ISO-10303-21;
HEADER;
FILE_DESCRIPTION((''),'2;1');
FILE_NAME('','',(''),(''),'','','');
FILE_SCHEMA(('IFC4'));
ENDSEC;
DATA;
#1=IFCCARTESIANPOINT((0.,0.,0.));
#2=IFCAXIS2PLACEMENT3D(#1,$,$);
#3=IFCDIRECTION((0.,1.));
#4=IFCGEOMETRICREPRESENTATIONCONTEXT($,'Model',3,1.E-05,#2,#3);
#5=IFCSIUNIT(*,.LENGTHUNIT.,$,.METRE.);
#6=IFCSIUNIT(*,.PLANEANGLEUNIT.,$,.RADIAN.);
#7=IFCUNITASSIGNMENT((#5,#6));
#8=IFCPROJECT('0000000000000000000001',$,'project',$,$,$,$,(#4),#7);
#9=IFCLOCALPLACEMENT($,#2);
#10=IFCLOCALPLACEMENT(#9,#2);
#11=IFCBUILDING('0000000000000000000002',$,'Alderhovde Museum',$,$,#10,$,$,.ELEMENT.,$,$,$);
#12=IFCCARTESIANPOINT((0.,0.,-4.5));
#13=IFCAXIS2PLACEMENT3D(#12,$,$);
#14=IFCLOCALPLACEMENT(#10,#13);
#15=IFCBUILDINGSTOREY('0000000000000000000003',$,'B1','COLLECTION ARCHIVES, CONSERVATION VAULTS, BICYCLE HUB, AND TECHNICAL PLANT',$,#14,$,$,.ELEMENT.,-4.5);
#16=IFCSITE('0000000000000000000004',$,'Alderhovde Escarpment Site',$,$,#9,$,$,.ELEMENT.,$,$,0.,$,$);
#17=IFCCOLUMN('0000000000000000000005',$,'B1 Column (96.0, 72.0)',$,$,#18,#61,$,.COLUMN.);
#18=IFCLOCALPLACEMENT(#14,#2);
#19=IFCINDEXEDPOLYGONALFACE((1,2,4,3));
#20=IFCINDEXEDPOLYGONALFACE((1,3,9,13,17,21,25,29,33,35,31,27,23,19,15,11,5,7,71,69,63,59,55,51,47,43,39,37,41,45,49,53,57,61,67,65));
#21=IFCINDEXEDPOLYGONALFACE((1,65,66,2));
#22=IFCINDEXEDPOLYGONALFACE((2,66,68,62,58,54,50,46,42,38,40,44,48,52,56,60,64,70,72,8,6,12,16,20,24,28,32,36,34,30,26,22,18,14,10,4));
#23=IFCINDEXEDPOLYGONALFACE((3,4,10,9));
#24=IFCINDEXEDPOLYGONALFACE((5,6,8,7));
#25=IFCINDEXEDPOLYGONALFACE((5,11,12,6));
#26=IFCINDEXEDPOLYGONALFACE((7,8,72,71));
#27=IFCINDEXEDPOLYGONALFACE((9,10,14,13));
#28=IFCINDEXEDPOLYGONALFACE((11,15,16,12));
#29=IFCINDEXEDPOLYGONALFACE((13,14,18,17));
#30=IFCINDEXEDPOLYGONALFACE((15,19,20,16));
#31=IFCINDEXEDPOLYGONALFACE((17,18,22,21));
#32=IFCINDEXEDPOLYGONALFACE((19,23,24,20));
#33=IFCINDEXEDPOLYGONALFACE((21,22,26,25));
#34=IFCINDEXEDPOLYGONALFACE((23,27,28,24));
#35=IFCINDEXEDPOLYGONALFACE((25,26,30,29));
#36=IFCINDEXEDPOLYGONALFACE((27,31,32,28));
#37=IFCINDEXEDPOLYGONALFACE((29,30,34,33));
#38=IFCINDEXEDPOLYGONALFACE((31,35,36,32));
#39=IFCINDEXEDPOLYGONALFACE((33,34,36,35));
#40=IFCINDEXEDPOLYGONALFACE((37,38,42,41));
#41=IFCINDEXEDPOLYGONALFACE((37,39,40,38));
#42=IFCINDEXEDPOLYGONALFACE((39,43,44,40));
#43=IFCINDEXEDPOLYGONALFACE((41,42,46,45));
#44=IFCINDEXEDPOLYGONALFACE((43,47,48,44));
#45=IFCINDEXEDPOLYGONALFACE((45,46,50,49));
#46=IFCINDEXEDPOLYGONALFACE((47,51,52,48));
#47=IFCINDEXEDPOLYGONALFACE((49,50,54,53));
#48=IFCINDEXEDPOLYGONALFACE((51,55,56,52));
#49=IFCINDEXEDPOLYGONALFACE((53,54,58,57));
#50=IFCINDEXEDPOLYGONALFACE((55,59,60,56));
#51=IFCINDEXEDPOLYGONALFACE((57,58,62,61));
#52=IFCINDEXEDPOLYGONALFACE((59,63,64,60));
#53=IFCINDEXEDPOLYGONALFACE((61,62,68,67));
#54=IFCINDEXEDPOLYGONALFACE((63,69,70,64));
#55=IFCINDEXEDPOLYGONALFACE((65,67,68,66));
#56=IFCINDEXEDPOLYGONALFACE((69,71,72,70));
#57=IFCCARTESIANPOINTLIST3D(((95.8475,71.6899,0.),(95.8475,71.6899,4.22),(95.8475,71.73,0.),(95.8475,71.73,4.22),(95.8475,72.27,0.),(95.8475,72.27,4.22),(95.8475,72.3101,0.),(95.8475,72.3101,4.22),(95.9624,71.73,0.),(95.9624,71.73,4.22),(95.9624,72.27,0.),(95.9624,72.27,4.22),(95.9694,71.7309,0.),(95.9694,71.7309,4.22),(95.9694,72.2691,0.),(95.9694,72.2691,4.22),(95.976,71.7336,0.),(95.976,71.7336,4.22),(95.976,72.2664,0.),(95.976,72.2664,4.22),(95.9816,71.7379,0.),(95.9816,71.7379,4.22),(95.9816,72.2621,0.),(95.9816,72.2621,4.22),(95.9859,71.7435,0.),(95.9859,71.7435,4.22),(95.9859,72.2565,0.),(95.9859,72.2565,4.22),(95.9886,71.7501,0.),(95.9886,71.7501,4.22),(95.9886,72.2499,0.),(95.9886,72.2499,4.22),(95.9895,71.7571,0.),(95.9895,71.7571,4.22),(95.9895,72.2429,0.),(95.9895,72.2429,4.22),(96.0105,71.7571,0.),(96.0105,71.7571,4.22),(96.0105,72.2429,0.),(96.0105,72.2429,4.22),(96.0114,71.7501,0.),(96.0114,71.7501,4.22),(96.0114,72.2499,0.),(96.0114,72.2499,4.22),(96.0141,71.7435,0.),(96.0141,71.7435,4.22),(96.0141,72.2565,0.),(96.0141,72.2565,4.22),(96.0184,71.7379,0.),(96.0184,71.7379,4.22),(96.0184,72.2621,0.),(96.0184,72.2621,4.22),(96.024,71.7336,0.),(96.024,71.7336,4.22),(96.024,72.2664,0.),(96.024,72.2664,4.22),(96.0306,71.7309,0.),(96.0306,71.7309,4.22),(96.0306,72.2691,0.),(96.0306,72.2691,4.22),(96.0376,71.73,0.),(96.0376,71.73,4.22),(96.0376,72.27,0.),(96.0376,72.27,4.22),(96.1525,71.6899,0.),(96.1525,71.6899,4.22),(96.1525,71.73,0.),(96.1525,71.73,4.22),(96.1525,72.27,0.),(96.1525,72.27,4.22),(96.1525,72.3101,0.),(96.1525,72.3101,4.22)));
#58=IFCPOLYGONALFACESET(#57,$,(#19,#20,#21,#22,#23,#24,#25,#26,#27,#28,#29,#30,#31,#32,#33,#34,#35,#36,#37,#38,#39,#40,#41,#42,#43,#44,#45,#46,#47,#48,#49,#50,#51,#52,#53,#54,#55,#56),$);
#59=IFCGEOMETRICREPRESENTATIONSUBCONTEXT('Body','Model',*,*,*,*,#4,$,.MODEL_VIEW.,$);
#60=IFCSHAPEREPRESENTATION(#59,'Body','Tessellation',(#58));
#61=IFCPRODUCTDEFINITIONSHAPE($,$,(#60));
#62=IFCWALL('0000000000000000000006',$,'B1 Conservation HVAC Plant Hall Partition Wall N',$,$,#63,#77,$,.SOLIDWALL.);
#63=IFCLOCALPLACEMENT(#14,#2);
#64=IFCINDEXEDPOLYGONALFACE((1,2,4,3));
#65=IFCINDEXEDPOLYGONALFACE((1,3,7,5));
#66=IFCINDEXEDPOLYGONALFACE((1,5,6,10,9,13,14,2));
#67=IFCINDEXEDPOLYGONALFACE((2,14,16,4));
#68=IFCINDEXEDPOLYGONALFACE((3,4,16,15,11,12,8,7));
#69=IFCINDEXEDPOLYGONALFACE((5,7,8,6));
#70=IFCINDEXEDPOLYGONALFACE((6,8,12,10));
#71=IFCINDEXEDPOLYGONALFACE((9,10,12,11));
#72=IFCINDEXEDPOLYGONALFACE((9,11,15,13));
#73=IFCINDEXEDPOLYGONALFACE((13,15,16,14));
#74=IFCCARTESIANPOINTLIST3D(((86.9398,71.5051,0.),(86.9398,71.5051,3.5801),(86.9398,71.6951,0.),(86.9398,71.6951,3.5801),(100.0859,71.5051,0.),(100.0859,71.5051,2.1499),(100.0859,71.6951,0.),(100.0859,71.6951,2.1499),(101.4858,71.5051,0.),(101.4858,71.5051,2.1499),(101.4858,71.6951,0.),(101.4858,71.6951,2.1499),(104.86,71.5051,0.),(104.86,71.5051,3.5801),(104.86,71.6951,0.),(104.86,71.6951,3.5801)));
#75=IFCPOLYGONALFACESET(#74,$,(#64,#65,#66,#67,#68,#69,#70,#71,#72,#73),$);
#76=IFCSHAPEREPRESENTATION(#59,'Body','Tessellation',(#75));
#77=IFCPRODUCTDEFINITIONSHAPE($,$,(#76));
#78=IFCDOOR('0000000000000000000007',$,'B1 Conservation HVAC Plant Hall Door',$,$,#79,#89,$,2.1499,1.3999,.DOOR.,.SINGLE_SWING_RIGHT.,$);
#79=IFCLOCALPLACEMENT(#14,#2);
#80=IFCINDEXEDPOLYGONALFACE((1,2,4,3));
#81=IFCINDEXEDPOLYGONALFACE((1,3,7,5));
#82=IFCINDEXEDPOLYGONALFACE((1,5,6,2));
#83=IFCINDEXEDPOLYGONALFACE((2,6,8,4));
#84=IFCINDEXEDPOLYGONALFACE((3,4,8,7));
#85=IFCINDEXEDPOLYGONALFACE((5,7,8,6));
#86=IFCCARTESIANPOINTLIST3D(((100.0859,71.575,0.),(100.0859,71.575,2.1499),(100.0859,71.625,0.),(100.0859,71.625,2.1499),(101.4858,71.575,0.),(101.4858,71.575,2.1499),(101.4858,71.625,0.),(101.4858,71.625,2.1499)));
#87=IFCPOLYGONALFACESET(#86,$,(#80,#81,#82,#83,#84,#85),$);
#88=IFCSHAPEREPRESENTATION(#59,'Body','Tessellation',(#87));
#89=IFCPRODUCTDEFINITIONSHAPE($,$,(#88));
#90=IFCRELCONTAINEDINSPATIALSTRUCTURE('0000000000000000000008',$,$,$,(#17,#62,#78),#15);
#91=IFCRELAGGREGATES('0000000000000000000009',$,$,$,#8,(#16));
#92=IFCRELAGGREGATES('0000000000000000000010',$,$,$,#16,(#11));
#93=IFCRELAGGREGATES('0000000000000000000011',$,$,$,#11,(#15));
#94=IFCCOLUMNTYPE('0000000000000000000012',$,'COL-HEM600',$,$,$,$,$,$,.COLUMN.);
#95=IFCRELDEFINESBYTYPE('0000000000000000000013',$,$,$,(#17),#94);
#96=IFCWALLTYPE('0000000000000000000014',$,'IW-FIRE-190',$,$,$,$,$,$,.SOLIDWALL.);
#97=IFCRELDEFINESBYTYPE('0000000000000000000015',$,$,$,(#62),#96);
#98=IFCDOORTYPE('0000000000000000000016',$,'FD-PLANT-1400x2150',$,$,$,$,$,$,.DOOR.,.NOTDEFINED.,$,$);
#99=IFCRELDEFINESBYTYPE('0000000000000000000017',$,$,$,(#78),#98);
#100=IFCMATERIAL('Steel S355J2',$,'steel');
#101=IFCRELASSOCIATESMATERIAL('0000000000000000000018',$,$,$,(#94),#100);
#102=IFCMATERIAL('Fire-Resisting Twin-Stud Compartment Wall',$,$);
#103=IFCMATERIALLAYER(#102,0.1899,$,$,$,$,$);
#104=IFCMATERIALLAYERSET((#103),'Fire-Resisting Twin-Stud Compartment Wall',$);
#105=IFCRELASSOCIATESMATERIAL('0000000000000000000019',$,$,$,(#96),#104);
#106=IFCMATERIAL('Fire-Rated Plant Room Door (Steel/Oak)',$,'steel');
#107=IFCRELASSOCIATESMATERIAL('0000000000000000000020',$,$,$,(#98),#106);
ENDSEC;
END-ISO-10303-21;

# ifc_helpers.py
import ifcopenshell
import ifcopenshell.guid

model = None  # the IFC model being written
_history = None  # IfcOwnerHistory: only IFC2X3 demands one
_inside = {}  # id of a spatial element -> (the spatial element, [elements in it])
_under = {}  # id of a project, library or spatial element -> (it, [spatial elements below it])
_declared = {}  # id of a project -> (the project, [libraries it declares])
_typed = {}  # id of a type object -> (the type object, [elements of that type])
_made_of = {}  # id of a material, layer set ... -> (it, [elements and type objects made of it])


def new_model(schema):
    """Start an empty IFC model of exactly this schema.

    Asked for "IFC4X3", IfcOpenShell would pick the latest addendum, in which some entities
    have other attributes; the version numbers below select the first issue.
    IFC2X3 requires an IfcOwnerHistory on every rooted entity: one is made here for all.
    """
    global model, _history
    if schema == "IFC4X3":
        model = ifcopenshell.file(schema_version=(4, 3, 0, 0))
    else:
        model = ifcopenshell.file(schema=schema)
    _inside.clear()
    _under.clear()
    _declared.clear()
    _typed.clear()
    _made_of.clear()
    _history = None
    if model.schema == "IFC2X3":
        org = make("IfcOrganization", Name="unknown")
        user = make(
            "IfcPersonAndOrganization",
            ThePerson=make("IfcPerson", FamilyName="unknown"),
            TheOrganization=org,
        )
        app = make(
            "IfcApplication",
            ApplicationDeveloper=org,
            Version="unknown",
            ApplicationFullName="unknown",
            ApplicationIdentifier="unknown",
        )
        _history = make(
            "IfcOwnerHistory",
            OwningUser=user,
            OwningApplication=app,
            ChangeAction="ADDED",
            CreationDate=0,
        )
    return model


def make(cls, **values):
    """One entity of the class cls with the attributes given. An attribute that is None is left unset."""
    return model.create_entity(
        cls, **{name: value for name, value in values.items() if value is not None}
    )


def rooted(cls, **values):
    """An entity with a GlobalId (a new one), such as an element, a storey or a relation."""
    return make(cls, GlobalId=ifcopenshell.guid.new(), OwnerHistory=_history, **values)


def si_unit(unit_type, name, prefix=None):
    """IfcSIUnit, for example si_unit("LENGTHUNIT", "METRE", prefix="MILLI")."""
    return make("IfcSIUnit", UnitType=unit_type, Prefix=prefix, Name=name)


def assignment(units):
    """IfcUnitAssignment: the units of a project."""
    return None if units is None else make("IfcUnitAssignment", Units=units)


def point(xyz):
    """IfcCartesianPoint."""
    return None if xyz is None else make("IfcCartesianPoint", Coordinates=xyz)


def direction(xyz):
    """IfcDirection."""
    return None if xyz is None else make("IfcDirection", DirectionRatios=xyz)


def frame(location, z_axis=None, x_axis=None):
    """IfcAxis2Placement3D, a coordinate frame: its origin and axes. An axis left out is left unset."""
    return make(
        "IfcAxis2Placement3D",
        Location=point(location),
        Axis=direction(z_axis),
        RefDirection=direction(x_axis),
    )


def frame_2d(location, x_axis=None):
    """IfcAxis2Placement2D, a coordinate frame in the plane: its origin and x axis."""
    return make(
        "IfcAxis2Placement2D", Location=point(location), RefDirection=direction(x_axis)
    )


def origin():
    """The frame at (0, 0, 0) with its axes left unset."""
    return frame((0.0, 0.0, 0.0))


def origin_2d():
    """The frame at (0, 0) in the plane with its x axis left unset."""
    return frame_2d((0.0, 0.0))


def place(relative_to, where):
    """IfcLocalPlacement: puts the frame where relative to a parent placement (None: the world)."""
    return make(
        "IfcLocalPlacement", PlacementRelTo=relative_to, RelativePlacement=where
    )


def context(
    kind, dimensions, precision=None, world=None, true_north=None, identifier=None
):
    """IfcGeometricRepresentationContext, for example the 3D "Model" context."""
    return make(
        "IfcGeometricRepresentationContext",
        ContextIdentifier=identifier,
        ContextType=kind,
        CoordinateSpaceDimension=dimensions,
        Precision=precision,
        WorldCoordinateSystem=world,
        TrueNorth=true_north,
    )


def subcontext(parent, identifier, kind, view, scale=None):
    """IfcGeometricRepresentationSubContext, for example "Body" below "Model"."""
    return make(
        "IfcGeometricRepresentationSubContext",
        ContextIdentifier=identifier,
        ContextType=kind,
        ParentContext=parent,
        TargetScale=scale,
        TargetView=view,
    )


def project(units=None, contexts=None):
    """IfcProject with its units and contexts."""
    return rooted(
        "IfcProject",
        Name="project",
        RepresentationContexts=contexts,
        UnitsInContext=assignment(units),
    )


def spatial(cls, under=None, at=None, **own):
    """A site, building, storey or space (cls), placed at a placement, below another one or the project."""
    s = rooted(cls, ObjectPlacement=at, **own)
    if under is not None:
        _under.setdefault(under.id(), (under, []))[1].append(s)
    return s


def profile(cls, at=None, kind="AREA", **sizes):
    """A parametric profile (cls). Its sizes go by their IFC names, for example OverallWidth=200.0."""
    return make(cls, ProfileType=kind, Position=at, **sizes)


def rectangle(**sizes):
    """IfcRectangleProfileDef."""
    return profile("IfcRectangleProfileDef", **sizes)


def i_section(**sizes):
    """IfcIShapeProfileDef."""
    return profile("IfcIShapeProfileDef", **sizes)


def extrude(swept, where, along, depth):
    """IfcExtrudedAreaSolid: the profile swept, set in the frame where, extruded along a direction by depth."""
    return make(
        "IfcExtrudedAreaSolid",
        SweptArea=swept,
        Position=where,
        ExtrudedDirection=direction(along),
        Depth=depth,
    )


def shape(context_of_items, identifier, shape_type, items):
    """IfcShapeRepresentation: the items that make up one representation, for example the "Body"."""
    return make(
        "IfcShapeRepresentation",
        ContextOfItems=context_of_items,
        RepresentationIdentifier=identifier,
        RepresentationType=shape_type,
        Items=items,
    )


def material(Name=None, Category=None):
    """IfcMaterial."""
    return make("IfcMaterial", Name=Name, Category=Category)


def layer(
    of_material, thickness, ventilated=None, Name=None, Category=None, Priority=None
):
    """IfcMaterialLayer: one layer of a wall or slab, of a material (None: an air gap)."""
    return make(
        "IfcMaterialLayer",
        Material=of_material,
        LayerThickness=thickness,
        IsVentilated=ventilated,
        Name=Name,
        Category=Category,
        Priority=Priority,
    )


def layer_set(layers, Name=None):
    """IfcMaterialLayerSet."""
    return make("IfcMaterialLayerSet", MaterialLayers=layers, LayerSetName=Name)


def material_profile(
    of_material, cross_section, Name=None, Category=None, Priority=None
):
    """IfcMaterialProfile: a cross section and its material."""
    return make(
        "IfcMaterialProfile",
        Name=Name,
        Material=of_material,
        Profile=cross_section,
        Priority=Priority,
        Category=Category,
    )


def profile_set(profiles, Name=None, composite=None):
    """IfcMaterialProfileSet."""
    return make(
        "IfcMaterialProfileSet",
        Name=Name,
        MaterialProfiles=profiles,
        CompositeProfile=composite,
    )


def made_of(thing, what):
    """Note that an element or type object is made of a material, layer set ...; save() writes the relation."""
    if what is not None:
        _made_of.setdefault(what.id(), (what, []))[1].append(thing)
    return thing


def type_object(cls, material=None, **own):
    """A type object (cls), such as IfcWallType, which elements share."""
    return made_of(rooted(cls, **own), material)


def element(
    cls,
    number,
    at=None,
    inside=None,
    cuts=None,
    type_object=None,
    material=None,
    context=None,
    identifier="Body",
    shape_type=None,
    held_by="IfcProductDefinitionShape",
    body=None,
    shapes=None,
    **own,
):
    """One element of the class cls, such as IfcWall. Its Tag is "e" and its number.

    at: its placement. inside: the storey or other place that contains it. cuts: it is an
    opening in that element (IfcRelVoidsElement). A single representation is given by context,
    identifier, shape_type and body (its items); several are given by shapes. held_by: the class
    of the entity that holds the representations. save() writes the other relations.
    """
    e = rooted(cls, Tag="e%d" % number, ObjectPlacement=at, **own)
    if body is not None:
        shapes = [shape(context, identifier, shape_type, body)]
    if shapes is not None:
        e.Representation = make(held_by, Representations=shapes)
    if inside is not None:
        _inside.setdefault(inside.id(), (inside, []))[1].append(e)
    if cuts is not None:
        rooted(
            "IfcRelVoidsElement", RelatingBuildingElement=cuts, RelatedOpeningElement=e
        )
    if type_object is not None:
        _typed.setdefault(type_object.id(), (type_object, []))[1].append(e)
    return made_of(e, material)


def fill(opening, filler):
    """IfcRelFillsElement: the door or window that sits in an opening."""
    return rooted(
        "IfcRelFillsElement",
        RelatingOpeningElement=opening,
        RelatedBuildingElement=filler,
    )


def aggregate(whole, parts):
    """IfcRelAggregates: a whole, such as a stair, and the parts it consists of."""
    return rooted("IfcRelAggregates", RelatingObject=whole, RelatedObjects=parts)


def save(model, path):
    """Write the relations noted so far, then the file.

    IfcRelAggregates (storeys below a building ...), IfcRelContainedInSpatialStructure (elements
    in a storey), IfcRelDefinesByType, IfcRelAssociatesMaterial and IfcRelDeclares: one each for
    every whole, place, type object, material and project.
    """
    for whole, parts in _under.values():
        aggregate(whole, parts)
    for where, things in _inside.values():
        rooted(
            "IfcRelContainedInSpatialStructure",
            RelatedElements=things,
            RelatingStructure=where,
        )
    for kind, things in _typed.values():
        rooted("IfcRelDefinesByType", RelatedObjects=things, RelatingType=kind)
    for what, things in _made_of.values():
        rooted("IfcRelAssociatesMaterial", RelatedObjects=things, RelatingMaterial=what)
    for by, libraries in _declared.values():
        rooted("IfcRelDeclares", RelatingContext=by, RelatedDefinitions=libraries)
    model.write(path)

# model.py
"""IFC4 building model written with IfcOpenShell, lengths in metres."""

from ifc_helpers import new_model, si_unit, direction, frame, frame_2d, origin, origin_2d, place, context, subcontext, project, spatial, rectangle, i_section, extrude, material, layer, layer_set, material_profile, profile_set, type_object, element, fill, save


model = new_model("IFC4")

# Units and contexts
model_context = context("Model", 3, precision=1e-05, world=origin(), true_north=direction((0.0, 1.0)))
body_context = subcontext(model_context, "Body", "Model", "MODEL_VIEW")
ifc_project = project(units=[si_unit("LENGTHUNIT", "METRE"), si_unit("PLANEANGLEUNIT", "RADIAN")], contexts=[model_context])

# Site, building, storey
site_placement = place(None, origin())
site = spatial("IfcSite", under=ifc_project, at=site_placement, Name="Alderhovde Escarpment Site", CompositionType="ELEMENT", RefElevation=0.0)
building_placement = place(site_placement, origin())
building = spatial("IfcBuilding", under=site, at=building_placement, Name="Alderhovde Museum", CompositionType="ELEMENT")
storey_placement = place(building_placement, frame((0.0, 0.0, -4.5)))
storey = spatial("IfcBuildingStorey", under=building, at=storey_placement, Name="B1", Description="COLLECTION ARCHIVES, CONSERVATION VAULTS, BICYCLE HUB, AND TECHNICAL PLANT", CompositionType="ELEMENT", Elevation=-4.5)

# Column
ifc_material_1 = material(Name="Steel S355J2", Category="steel")
ifc_material_profile_1 = material_profile(ifc_material_1, i_section(OverallWidth=0.3049, OverallDepth=0.6201, WebThickness=0.021, FlangeThickness=0.04, FilletRadius=0.0271, at=origin_2d()), Name="HEM 600")
ifc_profile_set_1 = profile_set([ifc_material_profile_1], Name="Steel S355J2")
column_type_1 = type_object("IfcColumnType", Name="COL-HEM600", PredefinedType="COLUMN", material=ifc_profile_set_1)
column_placement = place(storey_placement, frame((96.0, 72.0, 0.0), z_axis=(0.0, 0.0, 1.0), x_axis=(1.0, 0.0, 0.0)))
element("IfcColumn", 1, at=column_placement, inside=storey, type_object=column_type_1, Name="B1 Column (96.0, 72.0)", PredefinedType="COLUMN", context=body_context, shape_type="SweptSolid", body=[
    extrude(i_section(OverallWidth=0.3049, OverallDepth=0.6201, WebThickness=0.021, FlangeThickness=0.04, FilletRadius=0.0271, at=origin_2d()), origin(), (0.0, 0.0, 1.0), 4.22),
])

# Wall, opening, door
ifc_material_2 = material(Name="Fire-Resisting Twin-Stud Compartment Wall")
ifc_layer = layer(ifc_material_2, 0.1899)
ifc_layer_set = layer_set([ifc_layer], Name="Fire-Resisting Twin-Stud Compartment Wall")
wall_type = type_object("IfcWallType", Name="IW-FIRE-190", PredefinedType="SOLIDWALL", material=ifc_layer_set)
wall_placement = place(storey_placement, frame((86.9399, 71.6001, 0.0), z_axis=(0.0, 0.0, 1.0), x_axis=(1.0, 0.0, 0.0)))
wall = element("IfcWall", 2, at=wall_placement, inside=storey, type_object=wall_type, Name="B1 Conservation HVAC Plant Hall Partition Wall N", PredefinedType="SOLIDWALL", context=body_context, shape_type="SweptSolid", body=[
    extrude(rectangle(XDim=17.9202, YDim=0.1899, at=frame_2d((8.96, 0.0))), origin(), (0.0, 0.0, 1.0), 3.5801),
])
opening_placement = place(wall_placement, frame((13.146, 0.0, 0.0)))
opening = element("IfcOpeningElement", 3, at=opening_placement, cuts=wall, PredefinedType="OPENING", context=body_context, shape_type="SweptSolid", body=[
    extrude(rectangle(XDim=1.3999, YDim=2.1499, at=frame_2d((0.7, 1.075))), frame((0.0, 0.105, 0.0), z_axis=(0.0, -1.0, 0.0), x_axis=(1.0, 0.0, 0.0)), (0.0, 0.0, 1.0), 0.21),
])
ifc_material_3 = material(Name="Fire-Rated Plant Room Door (Steel/Oak)", Category="steel")
door_type = type_object("IfcDoorType", Name="FD-PLANT-1400x2150", OperationType="NOTDEFINED", PredefinedType="DOOR", material=ifc_material_3)
door_placement = place(opening_placement, origin())
door = element("IfcDoor", 4, at=door_placement, inside=storey, type_object=door_type, Name="B1 Conservation HVAC Plant Hall Door", OperationType="SINGLE_SWING_RIGHT", OverallHeight=2.1499, OverallWidth=1.3999, PredefinedType="DOOR", context=body_context, shape_type="SweptSolid", body=[
    extrude(rectangle(XDim=1.3999, YDim=2.1499, at=frame_2d((0.7, 1.075))), frame((0.0, 0.0249, 0.0), z_axis=(0.0, -1.0, 0.0), x_axis=(1.0, 0.0, 0.0)), (0.0, 0.0, 1.0), 0.05),
])
fill(opening, door)

save(model, "model.ifc")
